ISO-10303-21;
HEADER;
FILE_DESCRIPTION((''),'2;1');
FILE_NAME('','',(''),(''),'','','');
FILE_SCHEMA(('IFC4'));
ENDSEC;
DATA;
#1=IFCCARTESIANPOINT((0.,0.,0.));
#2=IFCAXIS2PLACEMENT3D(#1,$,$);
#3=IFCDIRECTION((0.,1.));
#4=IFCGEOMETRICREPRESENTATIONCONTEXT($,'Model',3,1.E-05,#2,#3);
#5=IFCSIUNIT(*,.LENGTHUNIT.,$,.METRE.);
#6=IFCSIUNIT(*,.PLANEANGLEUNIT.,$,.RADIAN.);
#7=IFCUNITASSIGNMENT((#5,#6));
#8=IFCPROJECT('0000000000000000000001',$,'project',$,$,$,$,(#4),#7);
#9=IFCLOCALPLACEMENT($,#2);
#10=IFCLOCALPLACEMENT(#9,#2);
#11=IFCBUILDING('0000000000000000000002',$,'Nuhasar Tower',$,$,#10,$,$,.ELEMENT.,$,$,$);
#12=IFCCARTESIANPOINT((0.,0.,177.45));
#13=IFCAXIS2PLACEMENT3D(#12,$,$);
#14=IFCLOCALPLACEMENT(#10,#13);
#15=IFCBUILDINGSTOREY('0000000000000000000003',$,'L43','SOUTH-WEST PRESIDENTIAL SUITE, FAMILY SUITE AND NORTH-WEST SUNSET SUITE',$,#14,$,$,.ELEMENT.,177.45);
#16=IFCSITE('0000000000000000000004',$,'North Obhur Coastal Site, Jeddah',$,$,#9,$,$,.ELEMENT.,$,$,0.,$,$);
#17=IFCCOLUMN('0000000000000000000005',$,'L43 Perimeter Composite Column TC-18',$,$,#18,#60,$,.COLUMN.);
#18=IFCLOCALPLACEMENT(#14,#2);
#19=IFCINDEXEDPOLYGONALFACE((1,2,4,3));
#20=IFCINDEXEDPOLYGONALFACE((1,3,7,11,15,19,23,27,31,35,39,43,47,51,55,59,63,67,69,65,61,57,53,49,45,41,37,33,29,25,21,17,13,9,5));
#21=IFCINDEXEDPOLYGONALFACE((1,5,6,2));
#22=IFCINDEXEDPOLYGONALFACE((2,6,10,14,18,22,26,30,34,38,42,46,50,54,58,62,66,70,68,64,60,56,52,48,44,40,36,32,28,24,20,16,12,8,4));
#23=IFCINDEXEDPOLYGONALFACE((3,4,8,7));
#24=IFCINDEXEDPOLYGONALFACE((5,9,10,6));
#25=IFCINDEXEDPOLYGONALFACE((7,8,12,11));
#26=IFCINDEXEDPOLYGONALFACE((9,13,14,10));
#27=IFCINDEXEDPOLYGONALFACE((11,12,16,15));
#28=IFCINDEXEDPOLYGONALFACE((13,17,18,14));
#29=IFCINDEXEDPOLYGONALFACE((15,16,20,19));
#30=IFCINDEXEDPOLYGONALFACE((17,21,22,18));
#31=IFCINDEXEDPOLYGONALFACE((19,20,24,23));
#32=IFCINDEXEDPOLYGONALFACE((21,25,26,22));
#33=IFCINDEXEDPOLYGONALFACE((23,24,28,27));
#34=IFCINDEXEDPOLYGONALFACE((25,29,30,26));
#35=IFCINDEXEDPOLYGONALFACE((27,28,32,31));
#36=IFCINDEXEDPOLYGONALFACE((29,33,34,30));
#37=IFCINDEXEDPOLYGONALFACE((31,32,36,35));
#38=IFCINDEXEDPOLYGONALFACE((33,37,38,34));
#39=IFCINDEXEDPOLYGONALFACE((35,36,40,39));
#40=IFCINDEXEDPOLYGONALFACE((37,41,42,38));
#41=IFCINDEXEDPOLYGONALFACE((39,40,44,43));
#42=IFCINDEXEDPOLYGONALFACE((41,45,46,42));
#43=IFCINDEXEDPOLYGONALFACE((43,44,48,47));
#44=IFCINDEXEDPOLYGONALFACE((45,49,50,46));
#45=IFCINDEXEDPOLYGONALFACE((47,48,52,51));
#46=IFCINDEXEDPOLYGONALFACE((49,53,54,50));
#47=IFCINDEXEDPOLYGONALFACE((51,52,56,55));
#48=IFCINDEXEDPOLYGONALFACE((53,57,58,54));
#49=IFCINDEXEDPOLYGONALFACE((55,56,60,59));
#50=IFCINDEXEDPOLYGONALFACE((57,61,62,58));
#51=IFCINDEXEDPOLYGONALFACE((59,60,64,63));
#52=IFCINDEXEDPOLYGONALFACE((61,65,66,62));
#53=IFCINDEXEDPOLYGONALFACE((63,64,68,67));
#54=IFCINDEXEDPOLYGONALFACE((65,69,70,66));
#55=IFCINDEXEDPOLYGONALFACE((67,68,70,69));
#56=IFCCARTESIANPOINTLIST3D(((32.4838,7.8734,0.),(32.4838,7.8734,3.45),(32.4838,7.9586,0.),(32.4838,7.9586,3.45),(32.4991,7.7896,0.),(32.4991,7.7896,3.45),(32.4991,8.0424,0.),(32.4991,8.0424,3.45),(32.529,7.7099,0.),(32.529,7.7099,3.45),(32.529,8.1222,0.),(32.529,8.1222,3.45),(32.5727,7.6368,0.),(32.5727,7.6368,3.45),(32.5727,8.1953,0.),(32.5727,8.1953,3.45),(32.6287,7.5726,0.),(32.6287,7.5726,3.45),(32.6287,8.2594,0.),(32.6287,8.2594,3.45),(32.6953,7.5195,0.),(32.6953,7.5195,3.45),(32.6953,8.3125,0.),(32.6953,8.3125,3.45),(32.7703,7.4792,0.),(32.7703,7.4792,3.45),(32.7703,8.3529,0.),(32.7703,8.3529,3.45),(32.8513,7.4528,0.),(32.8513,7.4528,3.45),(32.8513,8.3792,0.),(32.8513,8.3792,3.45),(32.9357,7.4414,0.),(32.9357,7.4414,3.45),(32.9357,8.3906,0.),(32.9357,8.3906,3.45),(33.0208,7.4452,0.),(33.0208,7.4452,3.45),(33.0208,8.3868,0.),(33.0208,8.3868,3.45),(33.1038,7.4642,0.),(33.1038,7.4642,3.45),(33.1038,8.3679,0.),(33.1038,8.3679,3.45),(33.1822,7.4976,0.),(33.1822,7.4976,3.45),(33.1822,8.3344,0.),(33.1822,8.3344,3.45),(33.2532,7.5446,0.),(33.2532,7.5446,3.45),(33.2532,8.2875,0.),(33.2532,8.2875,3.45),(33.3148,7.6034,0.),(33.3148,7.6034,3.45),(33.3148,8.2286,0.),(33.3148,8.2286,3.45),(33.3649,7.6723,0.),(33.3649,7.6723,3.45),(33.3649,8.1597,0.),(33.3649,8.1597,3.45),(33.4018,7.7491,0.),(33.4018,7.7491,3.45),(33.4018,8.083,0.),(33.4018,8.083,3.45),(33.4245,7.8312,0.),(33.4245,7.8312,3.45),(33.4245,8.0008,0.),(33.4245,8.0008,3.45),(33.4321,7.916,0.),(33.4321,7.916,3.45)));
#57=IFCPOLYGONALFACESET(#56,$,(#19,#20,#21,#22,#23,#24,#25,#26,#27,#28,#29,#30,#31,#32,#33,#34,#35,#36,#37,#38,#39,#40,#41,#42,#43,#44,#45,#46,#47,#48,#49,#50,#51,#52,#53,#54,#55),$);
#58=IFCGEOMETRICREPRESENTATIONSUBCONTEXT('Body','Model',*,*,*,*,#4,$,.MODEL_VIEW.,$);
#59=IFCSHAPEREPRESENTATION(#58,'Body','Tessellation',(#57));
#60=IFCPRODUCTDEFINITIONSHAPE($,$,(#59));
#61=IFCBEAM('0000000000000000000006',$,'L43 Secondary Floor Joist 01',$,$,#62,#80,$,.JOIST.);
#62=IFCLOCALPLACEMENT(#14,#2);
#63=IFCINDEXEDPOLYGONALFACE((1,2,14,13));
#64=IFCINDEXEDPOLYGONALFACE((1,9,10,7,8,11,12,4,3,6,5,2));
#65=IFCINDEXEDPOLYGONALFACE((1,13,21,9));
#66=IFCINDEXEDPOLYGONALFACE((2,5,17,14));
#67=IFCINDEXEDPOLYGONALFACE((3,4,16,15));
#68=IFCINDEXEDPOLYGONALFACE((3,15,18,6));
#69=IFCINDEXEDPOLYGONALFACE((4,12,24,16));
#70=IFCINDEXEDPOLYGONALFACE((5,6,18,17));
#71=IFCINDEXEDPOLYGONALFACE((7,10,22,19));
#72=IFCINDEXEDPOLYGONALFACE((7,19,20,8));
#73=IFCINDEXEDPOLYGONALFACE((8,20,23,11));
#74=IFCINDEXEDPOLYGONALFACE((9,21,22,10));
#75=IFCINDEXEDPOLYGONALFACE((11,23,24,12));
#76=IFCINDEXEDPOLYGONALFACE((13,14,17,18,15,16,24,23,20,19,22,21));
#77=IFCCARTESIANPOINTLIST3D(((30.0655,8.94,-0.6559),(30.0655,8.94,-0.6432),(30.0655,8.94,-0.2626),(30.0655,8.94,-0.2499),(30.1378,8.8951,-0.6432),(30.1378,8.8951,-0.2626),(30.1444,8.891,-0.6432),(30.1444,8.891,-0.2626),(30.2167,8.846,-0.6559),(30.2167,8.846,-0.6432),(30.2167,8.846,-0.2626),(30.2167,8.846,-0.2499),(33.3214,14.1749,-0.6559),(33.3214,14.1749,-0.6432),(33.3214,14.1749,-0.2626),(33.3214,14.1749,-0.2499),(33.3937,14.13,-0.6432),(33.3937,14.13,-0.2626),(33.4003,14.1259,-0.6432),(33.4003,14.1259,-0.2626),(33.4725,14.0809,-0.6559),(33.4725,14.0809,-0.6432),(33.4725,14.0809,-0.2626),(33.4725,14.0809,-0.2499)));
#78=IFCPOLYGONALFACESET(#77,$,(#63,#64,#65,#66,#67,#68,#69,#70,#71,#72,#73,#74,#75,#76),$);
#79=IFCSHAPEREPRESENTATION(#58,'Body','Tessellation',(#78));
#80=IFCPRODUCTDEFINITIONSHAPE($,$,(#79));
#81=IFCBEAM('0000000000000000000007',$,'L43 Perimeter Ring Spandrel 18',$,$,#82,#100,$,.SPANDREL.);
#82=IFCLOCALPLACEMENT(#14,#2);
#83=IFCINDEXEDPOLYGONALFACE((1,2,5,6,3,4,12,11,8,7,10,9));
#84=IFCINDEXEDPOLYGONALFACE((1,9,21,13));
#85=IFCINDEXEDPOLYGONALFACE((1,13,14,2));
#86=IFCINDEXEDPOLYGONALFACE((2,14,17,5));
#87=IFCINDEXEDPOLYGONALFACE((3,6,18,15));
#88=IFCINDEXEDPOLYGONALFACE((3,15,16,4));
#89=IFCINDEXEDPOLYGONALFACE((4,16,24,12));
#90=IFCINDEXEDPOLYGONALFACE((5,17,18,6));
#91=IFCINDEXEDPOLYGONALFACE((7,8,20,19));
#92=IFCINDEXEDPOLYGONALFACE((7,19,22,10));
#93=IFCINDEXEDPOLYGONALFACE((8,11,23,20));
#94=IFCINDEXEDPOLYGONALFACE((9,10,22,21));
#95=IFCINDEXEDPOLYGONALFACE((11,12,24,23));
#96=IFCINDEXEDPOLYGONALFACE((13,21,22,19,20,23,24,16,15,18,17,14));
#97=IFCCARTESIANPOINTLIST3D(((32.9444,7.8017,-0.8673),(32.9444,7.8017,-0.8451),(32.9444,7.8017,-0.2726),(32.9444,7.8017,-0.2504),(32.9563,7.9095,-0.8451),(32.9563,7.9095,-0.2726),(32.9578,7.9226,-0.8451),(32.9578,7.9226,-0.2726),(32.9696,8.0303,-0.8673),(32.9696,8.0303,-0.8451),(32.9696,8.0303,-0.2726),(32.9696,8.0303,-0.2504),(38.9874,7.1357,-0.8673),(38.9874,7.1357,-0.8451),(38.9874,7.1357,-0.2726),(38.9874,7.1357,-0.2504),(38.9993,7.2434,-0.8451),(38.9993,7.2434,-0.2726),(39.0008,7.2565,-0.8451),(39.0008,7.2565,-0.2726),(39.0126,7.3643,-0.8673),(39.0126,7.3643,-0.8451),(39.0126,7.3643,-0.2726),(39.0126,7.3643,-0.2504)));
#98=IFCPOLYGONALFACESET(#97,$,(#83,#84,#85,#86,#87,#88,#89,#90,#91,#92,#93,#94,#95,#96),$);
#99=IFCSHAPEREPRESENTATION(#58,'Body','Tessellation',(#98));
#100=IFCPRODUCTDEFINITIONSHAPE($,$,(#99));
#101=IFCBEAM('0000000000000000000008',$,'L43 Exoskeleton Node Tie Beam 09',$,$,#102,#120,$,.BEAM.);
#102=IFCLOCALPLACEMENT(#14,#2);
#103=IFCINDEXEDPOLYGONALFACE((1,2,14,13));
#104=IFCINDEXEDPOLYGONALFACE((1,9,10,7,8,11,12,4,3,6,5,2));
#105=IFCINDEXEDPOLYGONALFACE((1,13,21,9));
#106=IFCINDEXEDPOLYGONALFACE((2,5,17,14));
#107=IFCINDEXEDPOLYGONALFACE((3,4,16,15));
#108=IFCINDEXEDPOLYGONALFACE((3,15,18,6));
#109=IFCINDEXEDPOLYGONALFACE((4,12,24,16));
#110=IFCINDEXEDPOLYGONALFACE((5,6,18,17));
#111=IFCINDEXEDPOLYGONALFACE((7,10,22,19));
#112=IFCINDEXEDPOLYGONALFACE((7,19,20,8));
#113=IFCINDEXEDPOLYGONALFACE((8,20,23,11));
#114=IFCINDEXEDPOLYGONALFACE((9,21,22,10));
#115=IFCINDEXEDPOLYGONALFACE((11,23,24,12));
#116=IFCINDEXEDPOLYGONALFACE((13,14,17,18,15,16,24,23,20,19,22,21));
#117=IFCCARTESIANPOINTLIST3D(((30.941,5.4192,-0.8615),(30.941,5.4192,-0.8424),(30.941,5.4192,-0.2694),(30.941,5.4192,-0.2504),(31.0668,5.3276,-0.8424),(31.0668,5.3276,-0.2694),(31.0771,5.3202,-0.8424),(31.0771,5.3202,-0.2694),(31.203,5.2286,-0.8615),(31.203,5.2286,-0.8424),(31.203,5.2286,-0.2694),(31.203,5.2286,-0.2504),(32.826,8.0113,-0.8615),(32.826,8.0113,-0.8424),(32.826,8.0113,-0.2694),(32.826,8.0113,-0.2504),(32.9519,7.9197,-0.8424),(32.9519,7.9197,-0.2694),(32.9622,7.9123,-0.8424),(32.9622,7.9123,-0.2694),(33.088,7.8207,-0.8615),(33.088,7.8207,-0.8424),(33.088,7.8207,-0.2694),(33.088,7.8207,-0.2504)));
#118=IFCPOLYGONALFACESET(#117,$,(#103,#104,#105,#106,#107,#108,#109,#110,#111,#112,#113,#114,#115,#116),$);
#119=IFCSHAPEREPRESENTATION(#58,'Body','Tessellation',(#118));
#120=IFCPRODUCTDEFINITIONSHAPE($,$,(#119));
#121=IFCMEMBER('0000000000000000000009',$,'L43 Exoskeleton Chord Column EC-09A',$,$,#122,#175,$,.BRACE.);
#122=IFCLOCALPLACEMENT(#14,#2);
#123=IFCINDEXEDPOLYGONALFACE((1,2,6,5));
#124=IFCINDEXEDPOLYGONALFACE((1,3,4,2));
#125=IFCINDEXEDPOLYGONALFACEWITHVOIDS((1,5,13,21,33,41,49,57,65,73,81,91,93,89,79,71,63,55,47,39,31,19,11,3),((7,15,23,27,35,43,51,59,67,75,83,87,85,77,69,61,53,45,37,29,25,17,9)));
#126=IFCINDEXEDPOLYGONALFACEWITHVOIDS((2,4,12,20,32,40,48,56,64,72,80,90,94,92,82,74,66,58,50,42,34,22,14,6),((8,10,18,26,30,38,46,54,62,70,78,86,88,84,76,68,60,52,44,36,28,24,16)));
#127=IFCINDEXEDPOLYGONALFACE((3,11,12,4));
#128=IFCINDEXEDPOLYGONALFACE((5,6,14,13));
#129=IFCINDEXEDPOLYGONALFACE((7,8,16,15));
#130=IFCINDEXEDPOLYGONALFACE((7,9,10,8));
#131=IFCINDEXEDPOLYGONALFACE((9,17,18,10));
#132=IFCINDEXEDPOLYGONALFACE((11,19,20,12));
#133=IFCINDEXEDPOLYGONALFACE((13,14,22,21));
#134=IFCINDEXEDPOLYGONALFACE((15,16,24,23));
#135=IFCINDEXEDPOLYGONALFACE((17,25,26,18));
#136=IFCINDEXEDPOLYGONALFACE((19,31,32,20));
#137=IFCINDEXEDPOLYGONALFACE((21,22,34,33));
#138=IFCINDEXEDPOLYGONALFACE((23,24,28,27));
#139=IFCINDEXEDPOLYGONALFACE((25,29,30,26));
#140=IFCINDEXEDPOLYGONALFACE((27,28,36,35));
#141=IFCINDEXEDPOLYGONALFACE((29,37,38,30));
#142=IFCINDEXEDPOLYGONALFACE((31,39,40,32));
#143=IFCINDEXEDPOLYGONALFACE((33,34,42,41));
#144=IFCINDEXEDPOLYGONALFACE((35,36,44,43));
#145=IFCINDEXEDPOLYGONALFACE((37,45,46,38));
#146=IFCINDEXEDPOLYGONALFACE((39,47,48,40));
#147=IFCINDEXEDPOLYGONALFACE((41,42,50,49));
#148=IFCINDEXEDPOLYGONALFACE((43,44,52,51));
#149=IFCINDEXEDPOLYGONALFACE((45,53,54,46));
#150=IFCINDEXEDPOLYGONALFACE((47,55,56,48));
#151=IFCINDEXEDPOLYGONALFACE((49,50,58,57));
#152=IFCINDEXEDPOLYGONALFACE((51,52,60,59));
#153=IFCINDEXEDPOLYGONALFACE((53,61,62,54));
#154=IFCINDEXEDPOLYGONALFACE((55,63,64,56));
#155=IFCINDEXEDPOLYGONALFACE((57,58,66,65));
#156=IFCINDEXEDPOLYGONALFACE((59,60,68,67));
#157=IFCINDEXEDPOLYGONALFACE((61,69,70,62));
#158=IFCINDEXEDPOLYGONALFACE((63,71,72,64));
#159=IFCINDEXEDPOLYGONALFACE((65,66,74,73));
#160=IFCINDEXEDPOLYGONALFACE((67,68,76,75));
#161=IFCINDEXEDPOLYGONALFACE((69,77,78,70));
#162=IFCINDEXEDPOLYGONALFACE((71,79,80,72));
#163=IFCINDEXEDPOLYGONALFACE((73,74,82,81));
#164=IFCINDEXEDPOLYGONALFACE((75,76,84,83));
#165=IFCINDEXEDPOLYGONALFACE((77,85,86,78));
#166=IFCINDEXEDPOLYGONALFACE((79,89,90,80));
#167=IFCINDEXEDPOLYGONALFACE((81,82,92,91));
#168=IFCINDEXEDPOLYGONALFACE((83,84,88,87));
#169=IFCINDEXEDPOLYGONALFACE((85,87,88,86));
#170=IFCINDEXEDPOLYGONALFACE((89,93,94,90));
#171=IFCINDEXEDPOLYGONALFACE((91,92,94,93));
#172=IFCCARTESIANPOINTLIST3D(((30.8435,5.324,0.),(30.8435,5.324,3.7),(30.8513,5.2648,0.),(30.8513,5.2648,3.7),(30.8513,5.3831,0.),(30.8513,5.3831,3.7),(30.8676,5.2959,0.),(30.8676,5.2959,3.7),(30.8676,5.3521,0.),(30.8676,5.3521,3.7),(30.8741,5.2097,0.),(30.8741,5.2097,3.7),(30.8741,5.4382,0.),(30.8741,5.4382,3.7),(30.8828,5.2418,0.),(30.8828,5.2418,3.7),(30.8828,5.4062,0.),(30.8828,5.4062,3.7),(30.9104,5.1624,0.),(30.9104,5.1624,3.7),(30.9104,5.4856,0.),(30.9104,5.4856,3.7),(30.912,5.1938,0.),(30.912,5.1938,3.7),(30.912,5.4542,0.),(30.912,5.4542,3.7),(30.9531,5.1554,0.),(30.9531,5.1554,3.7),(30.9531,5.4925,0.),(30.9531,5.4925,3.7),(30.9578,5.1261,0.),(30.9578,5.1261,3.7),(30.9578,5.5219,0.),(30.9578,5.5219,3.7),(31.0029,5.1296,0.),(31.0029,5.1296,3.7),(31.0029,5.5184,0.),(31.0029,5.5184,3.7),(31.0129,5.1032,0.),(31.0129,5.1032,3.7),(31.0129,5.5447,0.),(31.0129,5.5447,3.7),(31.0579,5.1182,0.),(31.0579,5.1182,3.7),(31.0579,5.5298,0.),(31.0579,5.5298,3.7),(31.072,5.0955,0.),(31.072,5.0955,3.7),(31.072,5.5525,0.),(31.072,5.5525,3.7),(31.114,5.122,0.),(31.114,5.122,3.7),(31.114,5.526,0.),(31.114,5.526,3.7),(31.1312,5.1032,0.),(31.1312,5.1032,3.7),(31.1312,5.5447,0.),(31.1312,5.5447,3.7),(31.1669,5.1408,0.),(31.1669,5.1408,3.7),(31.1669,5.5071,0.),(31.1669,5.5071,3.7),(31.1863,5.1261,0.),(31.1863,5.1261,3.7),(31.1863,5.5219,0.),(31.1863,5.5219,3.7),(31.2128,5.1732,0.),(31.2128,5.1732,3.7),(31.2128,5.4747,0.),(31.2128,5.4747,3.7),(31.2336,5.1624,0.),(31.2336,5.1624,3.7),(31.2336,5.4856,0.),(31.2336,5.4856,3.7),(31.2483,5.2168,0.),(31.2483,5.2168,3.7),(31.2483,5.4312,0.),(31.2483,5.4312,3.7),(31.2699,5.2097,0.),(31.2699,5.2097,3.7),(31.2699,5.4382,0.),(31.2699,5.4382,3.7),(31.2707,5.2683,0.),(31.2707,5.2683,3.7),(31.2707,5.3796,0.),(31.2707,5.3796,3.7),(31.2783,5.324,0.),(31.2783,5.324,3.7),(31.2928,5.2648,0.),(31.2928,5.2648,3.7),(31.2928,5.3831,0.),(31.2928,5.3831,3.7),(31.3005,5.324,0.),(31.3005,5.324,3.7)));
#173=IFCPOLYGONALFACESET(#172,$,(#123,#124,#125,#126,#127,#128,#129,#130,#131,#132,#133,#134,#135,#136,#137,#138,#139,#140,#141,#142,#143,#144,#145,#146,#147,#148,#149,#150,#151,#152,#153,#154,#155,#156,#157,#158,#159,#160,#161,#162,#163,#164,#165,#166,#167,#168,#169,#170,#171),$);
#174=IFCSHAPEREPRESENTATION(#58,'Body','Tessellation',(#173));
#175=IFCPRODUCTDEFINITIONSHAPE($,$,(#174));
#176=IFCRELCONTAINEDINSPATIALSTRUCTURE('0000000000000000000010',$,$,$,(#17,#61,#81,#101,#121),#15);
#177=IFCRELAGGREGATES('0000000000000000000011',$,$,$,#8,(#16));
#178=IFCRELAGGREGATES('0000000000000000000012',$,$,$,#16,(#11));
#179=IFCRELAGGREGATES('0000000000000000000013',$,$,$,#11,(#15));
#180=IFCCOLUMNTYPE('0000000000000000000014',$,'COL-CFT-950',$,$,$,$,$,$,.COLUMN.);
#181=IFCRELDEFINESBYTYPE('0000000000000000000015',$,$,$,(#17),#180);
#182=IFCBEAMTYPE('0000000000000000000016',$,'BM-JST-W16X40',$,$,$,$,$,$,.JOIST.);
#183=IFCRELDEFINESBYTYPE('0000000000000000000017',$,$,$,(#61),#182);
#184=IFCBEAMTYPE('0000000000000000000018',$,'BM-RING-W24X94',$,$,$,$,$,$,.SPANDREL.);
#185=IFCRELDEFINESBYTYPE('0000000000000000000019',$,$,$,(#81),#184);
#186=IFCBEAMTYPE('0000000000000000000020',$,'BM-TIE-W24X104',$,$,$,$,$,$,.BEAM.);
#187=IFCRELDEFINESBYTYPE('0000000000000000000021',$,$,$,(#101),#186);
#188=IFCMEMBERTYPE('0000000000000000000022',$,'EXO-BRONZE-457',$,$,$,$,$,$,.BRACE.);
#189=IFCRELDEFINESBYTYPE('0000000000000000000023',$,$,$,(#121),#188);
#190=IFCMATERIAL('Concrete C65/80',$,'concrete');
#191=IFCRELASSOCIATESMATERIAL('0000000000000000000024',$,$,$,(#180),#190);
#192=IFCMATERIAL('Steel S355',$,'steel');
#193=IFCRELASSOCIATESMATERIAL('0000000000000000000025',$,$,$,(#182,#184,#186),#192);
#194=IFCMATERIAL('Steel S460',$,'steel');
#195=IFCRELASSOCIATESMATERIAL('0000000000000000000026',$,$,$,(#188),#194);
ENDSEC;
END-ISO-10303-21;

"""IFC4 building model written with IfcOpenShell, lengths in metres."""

from ifc_helpers import new_model, si_unit, direction, frame, origin, origin_2d, place, context, subcontext, project, spatial, circle, hollow_circle, i_section, extrude, material, material_profile, profile_set, type_object, element, save


model = new_model("IFC4")

# Units and contexts
model_context = context("Model", 3, precision=1e-05, world=origin(), true_north=direction((0.0, 1.0)))
body_context = subcontext(model_context, "Body", "Model", "MODEL_VIEW")
ifc_project = project(units=[si_unit("LENGTHUNIT", "METRE"), si_unit("PLANEANGLEUNIT", "RADIAN")], contexts=[model_context])

# Site, building, storey
site_placement = place(None, origin())
site = spatial("IfcSite", under=ifc_project, at=site_placement, Name="North Obhur Coastal Site, Jeddah", CompositionType="ELEMENT", RefElevation=0.0)
building_placement = place(site_placement, origin())
building = spatial("IfcBuilding", under=site, at=building_placement, Name="Nuhasar Tower", CompositionType="ELEMENT")
storey_placement = place(building_placement, frame((0.0, 0.0, 177.45)))
storey = spatial("IfcBuildingStorey", under=building, at=storey_placement, Name="L43", Description="SOUTH-WEST PRESIDENTIAL SUITE, FAMILY SUITE AND NORTH-WEST SUNSET SUITE", CompositionType="ELEMENT", Elevation=177.45)

# Column
ifc_material_1 = material(Name="Concrete C65/80", Category="concrete")
ifc_material_profile_1 = material_profile(ifc_material_1, circle(Radius=0.4751, at=origin_2d()), Name="CFT950")
ifc_profile_set_1 = profile_set([ifc_material_profile_1], Name="Concrete C65/80")
column_type = type_object("IfcColumnType", Name="COL-CFT-950", PredefinedType="COLUMN", material=ifc_profile_set_1)
column_placement = place(storey_placement, frame((32.957, 7.916, 0.0), z_axis=(0.0, 0.0, 1.0), x_axis=(1.0, 0.0, 0.0)))
element("IfcColumn", 1, at=column_placement, inside=storey, type_object=column_type, Name="L43 Perimeter Composite Column TC-18", PredefinedType="COLUMN", context=body_context, shape_type="SweptSolid", body=[
    extrude(circle(Radius=0.4751, at=origin_2d()), origin(), (0.0, 0.0, 1.0), 3.45),
])

# Beams
ifc_material_2 = material(Name="Steel S355", Category="steel")
ifc_material_profile_2 = material_profile(ifc_material_2, i_section(OverallWidth=0.178, OverallDepth=0.406, WebThickness=0.0078, FlangeThickness=0.0127, at=origin_2d()), Name="W16X40")
ifc_profile_set_2 = profile_set([ifc_material_profile_2], Name="Steel S355")
beam_type_1 = type_object("IfcBeamType", Name="BM-JST-W16X40", PredefinedType="JOIST", material=ifc_profile_set_2)
beam_1_placement = place(storey_placement, frame((33.397, 14.1279, -0.4529), z_axis=(-0.528139, -0.849158, 0.0), x_axis=(0.849158, -0.528139, 0.0)))
element("IfcBeam", 2, at=beam_1_placement, inside=storey, type_object=beam_type_1, Name="L43 Secondary Floor Joist 01", PredefinedType="JOIST", context=body_context, shape_type="SweptSolid", body=[
    extrude(i_section(OverallWidth=0.178, OverallDepth=0.406, WebThickness=0.0078, FlangeThickness=0.0127, at=origin_2d()), origin(), (0.0, 0.0, 1.0), 6.1648),
])
ifc_material_profile_3 = material_profile(ifc_material_2, i_section(OverallWidth=0.23, OverallDepth=0.6169, WebThickness=0.0132, FlangeThickness=0.0222, at=origin_2d()), Name="W24X94")
ifc_profile_set_3 = profile_set([ifc_material_profile_3], Name="Steel S355")
beam_type_2 = type_object("IfcBeamType", Name="BM-RING-W24X94", PredefinedType="SPANDREL", material=ifc_profile_set_3)
beam_2_placement = place(storey_placement, frame((32.957, 7.916, -0.5588), z_axis=(0.993981, -0.10955, 0.0), x_axis=(0.10955, 0.993981, 0.0)))
element("IfcBeam", 3, at=beam_2_placement, inside=storey, type_object=beam_type_2, Name="L43 Perimeter Ring Spandrel 18", PredefinedType="SPANDREL", context=body_context, shape_type="SweptSolid", body=[
    extrude(i_section(OverallWidth=0.23, OverallDepth=0.6169, WebThickness=0.0132, FlangeThickness=0.0222, at=origin_2d()), origin(), (0.0, 0.0, 1.0), 6.0796),
])
ifc_material_profile_4 = material_profile(ifc_material_2, i_section(OverallWidth=0.324, OverallDepth=0.6111, WebThickness=0.0127, FlangeThickness=0.019, at=origin_2d()), Name="W24X104")
ifc_profile_set_4 = profile_set([ifc_material_profile_4], Name="Steel S355")
beam_type_3 = type_object("IfcBeamType", Name="BM-TIE-W24X104", PredefinedType="BEAM", material=ifc_profile_set_4)
beam_3_placement = place(storey_placement, frame((32.957, 7.916, -0.5559), z_axis=(-0.588149, -0.808753, 0.0), x_axis=(0.808753, -0.588149, 0.0)))
element("IfcBeam", 4, at=beam_3_placement, inside=storey, type_object=beam_type_3, Name="L43 Exoskeleton Node Tie Beam 09", PredefinedType="BEAM", context=body_context, shape_type="SweptSolid", body=[
    extrude(i_section(OverallWidth=0.324, OverallDepth=0.6111, WebThickness=0.0127, FlangeThickness=0.019, at=origin_2d()), origin(), (0.0, 0.0, 1.0), 3.2051),
])

# Member
ifc_material_3 = material(Name="Steel S460", Category="steel")
ifc_material_profile_5 = material_profile(ifc_material_3, hollow_circle(Radius=0.2285, WallThickness=0.0222, at=origin_2d()), Name="HSS457X22.2")
ifc_profile_set_5 = profile_set([ifc_material_profile_5], Name="Steel S460")
member_type = type_object("IfcMemberType", Name="EXO-BRONZE-457", PredefinedType="BRACE", material=ifc_profile_set_5)
for number, where, z_axis, x_axis, name in (
    (5, (31.072, 5.324, 0.0), (0.0, 0.0, 1.0), (1.0, 0.0, 0.0), "L43 Exoskeleton Chord Column EC-09A"),
):
    element("IfcMember", number, at=place(storey_placement, frame(where, z_axis=z_axis, x_axis=x_axis)), inside=storey, type_object=member_type, Name=name, PredefinedType="BRACE", context=body_context, shape_type="SweptSolid", body=[
        extrude(hollow_circle(Radius=0.2285, WallThickness=0.0222, at=origin_2d()), origin(), (0.0, 0.0, 1.0), 3.7),
    ])

save(model, "model.ifc")
